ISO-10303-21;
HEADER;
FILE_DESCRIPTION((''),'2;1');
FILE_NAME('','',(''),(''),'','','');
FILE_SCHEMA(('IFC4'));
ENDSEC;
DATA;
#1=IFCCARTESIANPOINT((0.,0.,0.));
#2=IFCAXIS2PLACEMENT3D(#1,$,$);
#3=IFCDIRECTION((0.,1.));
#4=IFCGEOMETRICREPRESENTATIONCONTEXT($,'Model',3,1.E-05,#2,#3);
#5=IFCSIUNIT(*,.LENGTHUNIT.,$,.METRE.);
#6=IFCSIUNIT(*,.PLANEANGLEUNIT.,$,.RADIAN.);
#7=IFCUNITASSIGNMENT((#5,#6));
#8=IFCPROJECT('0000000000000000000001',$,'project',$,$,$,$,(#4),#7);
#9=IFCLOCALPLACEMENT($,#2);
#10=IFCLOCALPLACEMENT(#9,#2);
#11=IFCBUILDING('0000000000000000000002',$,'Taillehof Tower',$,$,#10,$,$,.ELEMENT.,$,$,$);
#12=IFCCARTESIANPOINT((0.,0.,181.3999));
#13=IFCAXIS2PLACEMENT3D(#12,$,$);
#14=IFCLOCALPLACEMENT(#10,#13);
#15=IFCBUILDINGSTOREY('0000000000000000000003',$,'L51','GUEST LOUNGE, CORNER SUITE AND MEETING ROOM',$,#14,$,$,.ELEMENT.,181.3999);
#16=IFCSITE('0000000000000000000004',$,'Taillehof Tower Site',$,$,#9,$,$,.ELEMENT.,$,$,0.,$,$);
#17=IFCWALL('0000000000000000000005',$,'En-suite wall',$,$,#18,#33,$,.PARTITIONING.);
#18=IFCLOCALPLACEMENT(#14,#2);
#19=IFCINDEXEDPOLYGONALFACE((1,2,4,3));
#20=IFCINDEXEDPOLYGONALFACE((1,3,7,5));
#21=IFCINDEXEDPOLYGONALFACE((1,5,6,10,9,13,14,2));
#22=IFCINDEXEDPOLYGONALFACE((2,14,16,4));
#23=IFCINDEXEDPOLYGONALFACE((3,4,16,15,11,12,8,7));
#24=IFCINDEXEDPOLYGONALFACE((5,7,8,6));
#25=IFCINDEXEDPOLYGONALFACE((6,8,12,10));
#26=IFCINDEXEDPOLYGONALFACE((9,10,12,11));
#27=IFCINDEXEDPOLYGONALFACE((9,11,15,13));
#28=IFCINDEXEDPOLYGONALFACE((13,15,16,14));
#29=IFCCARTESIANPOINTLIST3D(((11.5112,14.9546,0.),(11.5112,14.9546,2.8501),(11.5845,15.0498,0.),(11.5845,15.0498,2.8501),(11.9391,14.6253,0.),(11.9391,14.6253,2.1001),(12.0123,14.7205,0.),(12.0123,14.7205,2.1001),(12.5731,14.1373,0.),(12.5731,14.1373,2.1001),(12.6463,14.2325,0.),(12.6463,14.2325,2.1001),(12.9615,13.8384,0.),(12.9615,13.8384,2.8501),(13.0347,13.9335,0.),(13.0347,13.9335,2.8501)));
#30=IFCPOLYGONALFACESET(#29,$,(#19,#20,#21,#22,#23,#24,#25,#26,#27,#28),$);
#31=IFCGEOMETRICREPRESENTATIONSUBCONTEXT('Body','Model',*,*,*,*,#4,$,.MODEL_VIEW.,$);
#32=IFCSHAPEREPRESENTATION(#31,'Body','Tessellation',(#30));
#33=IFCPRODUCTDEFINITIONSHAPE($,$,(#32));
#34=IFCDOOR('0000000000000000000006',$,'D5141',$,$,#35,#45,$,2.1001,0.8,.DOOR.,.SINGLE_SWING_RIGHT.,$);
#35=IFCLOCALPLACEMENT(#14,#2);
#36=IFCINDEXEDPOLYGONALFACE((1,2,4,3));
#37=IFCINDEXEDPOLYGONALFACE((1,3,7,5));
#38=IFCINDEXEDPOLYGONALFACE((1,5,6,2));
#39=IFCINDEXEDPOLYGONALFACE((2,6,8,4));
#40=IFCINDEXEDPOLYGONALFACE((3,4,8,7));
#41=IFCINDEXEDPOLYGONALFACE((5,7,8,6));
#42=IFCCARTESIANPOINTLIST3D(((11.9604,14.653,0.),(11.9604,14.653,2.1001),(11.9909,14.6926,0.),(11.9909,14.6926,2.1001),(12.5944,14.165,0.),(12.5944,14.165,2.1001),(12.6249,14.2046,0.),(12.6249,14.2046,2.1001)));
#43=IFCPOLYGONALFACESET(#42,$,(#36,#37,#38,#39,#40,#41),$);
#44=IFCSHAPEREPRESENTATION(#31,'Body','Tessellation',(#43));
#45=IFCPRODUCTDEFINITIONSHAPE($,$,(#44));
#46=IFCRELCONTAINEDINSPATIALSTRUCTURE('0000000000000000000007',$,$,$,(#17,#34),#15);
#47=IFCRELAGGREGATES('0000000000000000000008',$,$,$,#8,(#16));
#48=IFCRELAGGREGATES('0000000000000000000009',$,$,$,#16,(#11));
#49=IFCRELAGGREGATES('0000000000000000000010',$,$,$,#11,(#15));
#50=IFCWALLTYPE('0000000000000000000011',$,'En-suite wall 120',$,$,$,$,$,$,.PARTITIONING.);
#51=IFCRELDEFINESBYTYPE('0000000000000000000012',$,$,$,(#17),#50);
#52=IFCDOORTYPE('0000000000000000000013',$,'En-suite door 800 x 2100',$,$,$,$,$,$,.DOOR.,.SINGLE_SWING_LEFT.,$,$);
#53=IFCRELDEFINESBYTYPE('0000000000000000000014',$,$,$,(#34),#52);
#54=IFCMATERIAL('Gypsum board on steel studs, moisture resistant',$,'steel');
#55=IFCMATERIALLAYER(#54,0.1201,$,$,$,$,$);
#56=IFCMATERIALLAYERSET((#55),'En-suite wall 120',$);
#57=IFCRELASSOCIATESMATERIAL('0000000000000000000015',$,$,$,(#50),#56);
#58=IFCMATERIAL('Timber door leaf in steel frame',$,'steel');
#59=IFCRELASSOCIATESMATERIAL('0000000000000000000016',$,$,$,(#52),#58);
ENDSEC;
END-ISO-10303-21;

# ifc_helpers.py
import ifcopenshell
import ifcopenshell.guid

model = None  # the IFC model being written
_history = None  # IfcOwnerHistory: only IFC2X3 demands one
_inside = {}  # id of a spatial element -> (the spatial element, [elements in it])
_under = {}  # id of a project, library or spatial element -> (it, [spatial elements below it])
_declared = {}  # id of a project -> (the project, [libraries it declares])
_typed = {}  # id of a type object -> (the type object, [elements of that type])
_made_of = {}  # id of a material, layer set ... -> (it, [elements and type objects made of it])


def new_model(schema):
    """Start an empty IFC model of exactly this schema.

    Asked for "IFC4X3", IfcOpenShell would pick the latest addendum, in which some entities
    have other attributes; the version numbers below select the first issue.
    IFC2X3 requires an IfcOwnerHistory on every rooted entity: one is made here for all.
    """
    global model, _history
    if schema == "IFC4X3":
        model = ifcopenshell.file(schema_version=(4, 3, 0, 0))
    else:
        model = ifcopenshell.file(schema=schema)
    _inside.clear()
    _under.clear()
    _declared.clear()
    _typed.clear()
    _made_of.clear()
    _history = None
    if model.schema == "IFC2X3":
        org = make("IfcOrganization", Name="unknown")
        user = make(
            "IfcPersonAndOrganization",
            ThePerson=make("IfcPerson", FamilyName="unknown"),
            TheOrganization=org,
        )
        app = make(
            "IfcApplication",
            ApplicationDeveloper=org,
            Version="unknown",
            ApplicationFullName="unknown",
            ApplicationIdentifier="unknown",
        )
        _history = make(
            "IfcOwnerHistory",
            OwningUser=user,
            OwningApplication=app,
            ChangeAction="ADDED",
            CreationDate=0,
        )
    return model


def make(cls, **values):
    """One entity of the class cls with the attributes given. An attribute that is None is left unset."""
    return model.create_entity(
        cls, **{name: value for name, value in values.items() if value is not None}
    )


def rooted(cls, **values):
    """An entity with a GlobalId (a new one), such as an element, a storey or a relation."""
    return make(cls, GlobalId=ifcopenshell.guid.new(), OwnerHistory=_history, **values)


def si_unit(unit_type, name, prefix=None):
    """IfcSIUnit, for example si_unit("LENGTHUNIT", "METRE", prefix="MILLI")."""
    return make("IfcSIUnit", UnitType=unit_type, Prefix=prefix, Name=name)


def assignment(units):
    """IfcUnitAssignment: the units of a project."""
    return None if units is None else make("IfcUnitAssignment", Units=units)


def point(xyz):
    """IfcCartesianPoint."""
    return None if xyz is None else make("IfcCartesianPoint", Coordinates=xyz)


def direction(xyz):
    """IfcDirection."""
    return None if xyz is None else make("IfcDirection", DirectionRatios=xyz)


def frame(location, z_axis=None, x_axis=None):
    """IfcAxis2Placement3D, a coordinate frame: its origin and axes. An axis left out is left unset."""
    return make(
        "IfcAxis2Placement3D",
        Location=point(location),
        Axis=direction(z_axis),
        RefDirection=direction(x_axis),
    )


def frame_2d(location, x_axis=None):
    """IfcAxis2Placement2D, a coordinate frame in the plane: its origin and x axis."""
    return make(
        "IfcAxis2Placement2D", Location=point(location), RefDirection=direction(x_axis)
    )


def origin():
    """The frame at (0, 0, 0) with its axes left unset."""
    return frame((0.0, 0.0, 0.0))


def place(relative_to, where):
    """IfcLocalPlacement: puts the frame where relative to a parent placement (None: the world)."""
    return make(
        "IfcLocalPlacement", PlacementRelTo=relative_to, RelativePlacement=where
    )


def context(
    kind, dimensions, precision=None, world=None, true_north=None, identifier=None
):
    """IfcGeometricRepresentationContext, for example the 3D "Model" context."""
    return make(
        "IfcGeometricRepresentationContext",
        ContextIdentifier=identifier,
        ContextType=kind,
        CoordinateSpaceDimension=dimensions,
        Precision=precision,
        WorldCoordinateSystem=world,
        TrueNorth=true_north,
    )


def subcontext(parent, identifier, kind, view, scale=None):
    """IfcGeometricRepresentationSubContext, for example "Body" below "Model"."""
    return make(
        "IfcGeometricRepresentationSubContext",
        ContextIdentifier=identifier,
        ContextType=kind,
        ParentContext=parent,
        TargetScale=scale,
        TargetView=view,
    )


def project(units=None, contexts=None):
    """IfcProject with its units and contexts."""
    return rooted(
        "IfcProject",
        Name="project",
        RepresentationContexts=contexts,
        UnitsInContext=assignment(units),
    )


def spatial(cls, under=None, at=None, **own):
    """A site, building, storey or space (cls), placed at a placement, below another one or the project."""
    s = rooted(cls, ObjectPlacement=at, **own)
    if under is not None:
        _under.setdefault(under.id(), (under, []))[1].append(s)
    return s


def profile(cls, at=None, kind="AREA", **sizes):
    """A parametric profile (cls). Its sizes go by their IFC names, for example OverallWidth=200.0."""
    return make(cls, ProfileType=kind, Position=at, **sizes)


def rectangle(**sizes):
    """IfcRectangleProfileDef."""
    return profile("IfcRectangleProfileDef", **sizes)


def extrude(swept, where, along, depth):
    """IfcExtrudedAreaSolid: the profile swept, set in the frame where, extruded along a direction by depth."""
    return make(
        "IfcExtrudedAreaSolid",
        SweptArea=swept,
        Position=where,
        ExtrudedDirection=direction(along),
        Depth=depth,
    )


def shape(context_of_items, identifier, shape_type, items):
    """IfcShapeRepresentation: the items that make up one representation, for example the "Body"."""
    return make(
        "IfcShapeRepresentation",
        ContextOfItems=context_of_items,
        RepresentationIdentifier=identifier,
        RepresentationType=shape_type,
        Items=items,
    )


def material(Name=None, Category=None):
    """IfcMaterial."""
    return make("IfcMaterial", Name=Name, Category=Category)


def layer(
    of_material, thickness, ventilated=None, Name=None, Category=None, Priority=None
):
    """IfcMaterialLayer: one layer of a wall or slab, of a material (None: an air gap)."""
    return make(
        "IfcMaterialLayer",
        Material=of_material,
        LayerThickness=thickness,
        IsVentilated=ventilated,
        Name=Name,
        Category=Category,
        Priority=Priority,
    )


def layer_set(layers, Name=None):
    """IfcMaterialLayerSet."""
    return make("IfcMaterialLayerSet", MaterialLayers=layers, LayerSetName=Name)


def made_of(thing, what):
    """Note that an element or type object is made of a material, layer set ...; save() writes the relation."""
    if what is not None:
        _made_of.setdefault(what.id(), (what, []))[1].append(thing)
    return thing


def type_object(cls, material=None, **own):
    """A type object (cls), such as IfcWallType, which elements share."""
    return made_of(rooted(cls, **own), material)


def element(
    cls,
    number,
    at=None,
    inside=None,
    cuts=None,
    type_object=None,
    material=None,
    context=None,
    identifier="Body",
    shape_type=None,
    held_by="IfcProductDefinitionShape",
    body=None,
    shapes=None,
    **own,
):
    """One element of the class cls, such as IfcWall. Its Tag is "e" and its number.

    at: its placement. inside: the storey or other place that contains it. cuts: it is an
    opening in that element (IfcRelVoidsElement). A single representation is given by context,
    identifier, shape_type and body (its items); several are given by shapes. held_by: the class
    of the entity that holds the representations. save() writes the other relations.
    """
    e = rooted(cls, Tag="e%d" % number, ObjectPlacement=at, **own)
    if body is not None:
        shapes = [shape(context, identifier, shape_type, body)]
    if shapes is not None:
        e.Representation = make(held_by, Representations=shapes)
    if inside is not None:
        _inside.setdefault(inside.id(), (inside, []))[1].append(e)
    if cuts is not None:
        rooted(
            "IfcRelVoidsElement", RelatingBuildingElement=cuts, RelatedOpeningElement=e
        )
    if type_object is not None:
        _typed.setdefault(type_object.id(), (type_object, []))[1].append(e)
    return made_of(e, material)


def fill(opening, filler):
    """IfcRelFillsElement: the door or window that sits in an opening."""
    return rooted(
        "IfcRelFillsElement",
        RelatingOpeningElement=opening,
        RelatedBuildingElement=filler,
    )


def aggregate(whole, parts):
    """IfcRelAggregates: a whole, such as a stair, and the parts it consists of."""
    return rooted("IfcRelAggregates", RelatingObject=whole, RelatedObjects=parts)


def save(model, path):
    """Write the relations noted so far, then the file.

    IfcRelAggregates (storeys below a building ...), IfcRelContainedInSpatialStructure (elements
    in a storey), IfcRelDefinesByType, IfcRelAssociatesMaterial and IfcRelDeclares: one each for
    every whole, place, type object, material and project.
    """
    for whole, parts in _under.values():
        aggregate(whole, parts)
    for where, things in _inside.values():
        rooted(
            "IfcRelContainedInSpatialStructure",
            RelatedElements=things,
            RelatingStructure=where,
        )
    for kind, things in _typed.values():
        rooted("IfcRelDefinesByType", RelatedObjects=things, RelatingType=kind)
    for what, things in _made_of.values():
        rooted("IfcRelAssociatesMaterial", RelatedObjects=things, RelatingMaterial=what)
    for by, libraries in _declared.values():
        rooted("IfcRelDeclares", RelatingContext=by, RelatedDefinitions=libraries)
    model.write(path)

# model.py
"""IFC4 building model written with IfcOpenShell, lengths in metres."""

from ifc_helpers import new_model, si_unit, direction, frame, frame_2d, origin, place, context, subcontext, project, spatial, rectangle, extrude, material, layer, layer_set, type_object, element, fill, save


model = new_model("IFC4")

# Units and contexts
model_context = context("Model", 3, precision=1e-05, world=origin(), true_north=direction((0.0, 1.0)))
body_context = subcontext(model_context, "Body", "Model", "MODEL_VIEW")
ifc_project = project(units=[si_unit("LENGTHUNIT", "METRE"), si_unit("PLANEANGLEUNIT", "RADIAN")], contexts=[model_context])

# Site, building, storey
site_placement = place(None, origin())
site = spatial("IfcSite", under=ifc_project, at=site_placement, Name="Taillehof Tower Site", CompositionType="ELEMENT", RefElevation=0.0)
building_placement = place(site_placement, origin())
building = spatial("IfcBuilding", under=site, at=building_placement, Name="Taillehof Tower", CompositionType="ELEMENT")
storey_placement = place(building_placement, frame((0.0, 0.0, 181.3999)))
storey = spatial("IfcBuildingStorey", under=building, at=storey_placement, Name="L51", Description="GUEST LOUNGE, CORNER SUITE AND MEETING ROOM", CompositionType="ELEMENT", Elevation=181.3999)

# Shared definitions
ifc_material_1 = material(Name="Gypsum board on steel studs, moisture resistant", Category="steel")
ifc_layer_1 = layer(ifc_material_1, 0.1201)
ifc_layer_set_1 = layer_set([ifc_layer_1], Name="En-suite wall 120")
wall_type_1 = type_object("IfcWallType", Name="En-suite wall 120", PredefinedType="PARTITIONING", material=ifc_layer_set_1)

# Wall, opening, door
wall_1_placement = place(storey_placement, frame((11.5479, 15.0022, 0.0), z_axis=(0.0, 0.0, 1.0), x_axis=(0.792445, -0.609943, 0.0)))
wall_1 = element("IfcWall", 1, at=wall_1_placement, inside=storey, type_object=wall_type_1, Name="En-suite wall", PredefinedType="PARTITIONING", context=body_context, shape_type="SweptSolid", body=[
    extrude(rectangle(XDim=1.8301, YDim=0.1201, at=frame_2d((0.915, 0.0))), origin(), (0.0, 0.0, 1.0), 2.8501),
])
opening_1_placement = place(wall_1_placement, frame((0.54, 0.0, 0.0)))
opening_1 = element("IfcOpeningElement", 2, at=opening_1_placement, cuts=wall_1, PredefinedType="OPENING", context=body_context, shape_type="SweptSolid", body=[
    extrude(rectangle(XDim=0.8, YDim=2.1001, at=frame_2d((0.3999, 1.05))), frame((0.0, 0.0701, 0.0), z_axis=(0.0, -1.0, 0.0), x_axis=(1.0, 0.0, 0.0)), (0.0, 0.0, 1.0), 0.1401),
])
ifc_material_2 = material(Name="Timber door leaf in steel frame", Category="steel")
door_type_1 = type_object("IfcDoorType", Name="En-suite door 800 x 2100", OperationType="SINGLE_SWING_LEFT", PredefinedType="DOOR", material=ifc_material_2)
door_1_placement = place(opening_1_placement, origin())
door_1 = element("IfcDoor", 3, at=door_1_placement, inside=storey, type_object=door_type_1, Name="D5141", OperationType="SINGLE_SWING_RIGHT", OverallHeight=2.1001, OverallWidth=0.8, PredefinedType="DOOR", context=body_context, shape_type="SweptSolid", body=[
    extrude(rectangle(XDim=0.8, YDim=2.1001, at=frame_2d((0.3999, 1.05))), frame((0.0, 0.0249, 0.0), z_axis=(0.0, -1.0, 0.0), x_axis=(1.0, 0.0, 0.0)), (0.0, 0.0, 1.0), 0.05),
])
fill(opening_1, door_1)

save(model, "model.ifc")
